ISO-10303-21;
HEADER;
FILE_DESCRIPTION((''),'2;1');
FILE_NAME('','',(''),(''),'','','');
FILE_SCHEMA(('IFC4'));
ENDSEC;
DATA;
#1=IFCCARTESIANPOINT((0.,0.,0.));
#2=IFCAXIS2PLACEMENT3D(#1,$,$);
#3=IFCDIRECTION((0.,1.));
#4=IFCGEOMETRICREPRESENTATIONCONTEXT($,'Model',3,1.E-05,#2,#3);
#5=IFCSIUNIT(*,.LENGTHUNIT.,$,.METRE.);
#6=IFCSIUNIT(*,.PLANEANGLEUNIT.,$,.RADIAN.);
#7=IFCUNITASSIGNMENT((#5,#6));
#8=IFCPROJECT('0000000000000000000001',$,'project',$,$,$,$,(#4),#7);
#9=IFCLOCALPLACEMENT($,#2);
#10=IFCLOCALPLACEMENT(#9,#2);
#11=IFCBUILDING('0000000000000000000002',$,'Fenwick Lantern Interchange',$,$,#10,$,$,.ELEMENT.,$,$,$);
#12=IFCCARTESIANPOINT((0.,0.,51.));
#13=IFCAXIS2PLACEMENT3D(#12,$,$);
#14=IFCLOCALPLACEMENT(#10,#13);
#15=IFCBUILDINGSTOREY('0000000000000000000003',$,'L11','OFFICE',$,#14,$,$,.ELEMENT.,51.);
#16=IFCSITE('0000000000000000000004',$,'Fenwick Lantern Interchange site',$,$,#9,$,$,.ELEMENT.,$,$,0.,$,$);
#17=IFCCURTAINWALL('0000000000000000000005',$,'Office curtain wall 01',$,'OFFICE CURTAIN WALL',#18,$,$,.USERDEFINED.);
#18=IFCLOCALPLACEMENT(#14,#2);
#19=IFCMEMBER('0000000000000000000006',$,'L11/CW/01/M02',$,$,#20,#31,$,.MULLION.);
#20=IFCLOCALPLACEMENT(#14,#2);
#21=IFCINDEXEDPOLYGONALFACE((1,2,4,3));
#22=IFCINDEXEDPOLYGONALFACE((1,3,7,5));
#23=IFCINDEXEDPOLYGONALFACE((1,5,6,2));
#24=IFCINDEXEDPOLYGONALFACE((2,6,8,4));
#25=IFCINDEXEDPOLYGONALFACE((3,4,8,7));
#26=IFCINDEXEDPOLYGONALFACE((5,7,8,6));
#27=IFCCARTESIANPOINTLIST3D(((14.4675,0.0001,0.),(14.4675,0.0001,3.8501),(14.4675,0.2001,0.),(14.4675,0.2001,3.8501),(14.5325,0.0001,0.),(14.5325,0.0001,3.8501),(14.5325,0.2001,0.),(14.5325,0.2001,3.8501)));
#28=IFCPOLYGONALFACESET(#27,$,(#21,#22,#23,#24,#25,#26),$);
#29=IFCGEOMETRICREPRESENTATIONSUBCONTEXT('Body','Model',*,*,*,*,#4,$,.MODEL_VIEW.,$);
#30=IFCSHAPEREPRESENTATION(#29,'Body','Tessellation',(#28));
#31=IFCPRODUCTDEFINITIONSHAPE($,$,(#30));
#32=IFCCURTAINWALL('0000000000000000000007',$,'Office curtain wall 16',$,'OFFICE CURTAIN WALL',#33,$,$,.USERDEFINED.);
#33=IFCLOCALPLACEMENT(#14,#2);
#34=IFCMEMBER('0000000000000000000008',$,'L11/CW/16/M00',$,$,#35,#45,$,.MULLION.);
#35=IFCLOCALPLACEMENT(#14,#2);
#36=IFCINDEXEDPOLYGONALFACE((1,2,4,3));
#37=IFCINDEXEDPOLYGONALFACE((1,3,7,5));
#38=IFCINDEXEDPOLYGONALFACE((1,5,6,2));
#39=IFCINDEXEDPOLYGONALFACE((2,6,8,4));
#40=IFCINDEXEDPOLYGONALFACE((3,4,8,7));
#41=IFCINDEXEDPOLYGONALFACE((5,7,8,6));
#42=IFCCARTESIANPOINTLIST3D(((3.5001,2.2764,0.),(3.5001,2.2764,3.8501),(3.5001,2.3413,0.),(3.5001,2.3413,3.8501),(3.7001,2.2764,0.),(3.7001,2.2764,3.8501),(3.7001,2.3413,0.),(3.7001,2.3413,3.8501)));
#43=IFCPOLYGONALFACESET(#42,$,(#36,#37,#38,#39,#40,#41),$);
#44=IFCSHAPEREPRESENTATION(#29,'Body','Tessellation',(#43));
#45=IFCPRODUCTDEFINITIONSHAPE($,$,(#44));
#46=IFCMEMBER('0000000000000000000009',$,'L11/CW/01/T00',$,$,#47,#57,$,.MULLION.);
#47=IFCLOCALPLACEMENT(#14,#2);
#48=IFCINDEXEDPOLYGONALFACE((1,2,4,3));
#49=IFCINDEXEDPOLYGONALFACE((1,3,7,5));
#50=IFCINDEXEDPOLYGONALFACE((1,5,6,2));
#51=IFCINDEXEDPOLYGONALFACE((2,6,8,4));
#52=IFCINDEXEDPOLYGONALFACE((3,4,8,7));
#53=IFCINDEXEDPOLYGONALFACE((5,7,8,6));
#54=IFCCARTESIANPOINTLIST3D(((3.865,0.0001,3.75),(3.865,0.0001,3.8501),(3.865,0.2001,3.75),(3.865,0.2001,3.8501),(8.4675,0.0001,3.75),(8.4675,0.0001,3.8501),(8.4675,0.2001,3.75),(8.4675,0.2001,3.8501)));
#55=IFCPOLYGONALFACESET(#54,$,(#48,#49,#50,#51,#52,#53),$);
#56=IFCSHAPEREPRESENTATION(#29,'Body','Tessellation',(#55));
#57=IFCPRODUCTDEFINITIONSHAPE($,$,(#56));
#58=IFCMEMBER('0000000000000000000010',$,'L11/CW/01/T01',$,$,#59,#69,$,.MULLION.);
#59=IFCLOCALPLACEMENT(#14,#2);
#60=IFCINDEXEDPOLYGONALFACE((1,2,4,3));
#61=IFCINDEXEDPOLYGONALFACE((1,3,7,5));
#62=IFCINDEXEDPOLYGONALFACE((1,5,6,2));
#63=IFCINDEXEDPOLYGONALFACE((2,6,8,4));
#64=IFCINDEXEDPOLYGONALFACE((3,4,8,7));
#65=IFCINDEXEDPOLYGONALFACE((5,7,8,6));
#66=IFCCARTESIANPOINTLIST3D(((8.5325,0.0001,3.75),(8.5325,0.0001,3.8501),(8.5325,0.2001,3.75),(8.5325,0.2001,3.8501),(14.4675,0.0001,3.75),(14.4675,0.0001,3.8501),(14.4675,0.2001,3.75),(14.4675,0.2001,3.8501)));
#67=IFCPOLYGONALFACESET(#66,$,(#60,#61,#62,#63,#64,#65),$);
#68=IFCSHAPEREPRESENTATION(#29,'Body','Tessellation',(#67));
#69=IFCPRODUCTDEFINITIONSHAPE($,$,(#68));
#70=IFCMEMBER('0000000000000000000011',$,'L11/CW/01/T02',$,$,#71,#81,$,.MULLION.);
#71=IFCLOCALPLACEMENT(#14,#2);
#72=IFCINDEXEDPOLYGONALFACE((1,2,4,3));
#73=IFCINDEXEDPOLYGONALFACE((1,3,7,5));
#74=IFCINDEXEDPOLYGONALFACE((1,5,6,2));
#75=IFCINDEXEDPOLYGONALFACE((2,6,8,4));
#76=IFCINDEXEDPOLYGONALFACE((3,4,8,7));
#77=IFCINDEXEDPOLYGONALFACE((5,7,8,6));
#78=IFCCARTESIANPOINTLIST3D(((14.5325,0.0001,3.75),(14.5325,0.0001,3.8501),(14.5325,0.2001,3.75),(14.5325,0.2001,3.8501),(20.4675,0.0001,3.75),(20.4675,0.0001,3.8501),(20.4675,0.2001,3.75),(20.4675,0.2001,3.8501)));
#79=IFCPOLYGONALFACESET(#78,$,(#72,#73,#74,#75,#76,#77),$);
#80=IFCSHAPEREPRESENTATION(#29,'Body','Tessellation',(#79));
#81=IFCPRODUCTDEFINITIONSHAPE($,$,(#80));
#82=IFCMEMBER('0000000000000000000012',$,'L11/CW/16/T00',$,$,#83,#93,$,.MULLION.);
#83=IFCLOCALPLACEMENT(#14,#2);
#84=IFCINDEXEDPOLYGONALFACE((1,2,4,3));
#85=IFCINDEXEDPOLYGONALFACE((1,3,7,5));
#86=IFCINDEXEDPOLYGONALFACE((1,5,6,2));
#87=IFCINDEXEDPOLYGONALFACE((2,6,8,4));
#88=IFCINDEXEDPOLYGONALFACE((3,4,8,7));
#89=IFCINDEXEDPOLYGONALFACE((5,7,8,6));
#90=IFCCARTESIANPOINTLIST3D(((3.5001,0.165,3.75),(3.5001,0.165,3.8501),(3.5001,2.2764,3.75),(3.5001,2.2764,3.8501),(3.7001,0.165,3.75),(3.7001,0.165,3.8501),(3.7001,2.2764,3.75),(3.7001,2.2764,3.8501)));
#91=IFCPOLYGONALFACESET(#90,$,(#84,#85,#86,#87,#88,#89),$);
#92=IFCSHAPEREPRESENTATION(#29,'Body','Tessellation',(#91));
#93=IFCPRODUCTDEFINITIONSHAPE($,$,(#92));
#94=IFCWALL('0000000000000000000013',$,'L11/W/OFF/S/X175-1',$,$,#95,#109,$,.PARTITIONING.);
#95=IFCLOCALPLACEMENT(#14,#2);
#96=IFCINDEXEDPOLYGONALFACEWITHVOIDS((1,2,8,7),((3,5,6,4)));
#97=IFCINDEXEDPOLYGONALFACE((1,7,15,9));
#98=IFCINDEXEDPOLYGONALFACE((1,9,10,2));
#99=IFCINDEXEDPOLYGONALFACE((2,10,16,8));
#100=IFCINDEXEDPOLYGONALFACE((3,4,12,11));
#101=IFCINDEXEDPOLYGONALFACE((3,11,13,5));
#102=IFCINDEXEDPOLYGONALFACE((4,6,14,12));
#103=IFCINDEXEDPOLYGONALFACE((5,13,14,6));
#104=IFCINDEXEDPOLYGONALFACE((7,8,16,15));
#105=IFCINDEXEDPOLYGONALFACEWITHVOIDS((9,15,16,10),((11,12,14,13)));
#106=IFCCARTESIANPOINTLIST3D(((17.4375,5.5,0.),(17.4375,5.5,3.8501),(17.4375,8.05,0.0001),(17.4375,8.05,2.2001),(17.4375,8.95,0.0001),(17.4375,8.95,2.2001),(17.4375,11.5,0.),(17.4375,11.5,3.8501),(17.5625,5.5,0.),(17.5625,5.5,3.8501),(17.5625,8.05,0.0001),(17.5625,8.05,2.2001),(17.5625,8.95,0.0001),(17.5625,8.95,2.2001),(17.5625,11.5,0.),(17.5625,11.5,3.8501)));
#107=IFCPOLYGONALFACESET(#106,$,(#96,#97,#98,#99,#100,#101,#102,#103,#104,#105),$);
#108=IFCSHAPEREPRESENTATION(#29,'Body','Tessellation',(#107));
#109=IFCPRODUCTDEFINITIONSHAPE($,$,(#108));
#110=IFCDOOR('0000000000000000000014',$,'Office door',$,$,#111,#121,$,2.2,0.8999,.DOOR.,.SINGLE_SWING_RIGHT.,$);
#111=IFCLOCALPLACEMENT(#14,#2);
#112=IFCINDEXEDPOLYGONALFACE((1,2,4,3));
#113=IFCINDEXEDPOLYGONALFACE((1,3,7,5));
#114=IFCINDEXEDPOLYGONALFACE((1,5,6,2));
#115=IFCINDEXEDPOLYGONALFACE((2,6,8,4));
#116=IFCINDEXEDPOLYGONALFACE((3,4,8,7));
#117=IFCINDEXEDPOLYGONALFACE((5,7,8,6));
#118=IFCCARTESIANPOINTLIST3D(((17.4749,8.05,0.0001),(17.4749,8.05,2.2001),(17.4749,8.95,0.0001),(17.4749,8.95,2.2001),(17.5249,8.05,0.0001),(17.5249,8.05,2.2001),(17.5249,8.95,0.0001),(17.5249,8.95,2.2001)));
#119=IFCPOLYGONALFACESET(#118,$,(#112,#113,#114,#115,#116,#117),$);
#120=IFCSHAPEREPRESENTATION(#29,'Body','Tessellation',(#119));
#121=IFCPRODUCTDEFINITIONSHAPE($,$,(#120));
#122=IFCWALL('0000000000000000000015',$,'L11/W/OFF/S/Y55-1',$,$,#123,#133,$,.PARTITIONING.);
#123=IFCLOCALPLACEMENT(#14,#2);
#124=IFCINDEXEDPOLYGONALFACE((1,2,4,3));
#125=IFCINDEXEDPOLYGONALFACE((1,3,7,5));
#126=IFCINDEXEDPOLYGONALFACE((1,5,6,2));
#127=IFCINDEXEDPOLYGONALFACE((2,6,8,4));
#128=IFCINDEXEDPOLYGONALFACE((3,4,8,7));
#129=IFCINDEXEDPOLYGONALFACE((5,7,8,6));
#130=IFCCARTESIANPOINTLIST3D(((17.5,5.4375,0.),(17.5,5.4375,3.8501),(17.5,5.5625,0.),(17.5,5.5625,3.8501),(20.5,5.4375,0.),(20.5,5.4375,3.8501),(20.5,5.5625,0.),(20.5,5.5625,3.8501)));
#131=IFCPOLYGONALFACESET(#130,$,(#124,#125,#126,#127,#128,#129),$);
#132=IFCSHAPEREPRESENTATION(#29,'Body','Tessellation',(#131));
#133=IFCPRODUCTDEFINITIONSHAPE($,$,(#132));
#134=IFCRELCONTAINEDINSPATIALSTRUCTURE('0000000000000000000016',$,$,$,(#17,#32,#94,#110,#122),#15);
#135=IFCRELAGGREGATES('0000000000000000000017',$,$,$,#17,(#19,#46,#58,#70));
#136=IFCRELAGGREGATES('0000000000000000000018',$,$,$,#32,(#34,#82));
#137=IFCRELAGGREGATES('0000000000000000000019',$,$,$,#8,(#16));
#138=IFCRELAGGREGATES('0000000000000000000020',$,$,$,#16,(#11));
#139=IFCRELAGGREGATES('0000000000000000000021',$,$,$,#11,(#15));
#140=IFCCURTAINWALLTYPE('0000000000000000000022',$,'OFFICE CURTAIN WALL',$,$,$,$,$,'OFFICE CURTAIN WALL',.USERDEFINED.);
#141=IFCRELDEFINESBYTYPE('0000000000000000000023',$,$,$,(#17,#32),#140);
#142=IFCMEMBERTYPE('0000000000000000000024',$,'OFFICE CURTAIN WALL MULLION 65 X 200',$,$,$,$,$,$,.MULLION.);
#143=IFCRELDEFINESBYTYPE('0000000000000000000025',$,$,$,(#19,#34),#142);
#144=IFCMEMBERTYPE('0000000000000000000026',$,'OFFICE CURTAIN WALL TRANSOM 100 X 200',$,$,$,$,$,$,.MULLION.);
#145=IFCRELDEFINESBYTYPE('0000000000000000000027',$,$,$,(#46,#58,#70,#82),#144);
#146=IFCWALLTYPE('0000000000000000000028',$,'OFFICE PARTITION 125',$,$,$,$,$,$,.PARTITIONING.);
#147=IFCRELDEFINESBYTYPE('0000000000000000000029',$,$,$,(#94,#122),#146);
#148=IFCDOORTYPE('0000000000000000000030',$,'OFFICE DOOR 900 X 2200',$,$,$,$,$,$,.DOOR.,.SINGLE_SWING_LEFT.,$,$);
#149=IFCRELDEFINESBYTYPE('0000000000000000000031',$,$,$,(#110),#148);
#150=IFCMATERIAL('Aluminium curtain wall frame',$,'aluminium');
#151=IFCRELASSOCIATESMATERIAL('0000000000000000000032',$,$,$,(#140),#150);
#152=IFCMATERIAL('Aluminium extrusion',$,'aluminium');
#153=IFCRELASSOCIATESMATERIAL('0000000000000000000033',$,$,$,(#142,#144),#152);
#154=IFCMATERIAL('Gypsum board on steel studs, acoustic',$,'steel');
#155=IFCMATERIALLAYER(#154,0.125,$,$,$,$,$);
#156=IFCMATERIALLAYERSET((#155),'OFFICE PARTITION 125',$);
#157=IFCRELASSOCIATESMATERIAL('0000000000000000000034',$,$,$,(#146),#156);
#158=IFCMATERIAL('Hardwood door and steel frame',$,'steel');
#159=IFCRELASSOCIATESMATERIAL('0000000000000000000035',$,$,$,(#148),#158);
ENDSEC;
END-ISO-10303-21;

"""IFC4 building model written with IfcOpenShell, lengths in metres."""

from ifc_helpers import new_model, si_unit, direction, frame, frame_2d, origin, origin_2d, place, context, subcontext, project, spatial, rectangle, extrude, material, layer, layer_set, material_profile, profile_set, type_object, element, fill, aggregate, save


model = new_model("IFC4")

# Units and contexts
model_context = context("Model", 3, precision=1e-05, world=origin(), true_north=direction((0.0, 1.0)))
body_context = subcontext(model_context, "Body", "Model", "MODEL_VIEW")
ifc_project = project(units=[si_unit("LENGTHUNIT", "METRE"), si_unit("PLANEANGLEUNIT", "RADIAN")], contexts=[model_context])

# Site, building, storey
site_placement = place(None, origin())
site = spatial("IfcSite", under=ifc_project, at=site_placement, Name="Fenwick Lantern Interchange site", CompositionType="ELEMENT", RefElevation=0.0)
building_placement = place(site_placement, origin())
building = spatial("IfcBuilding", under=site, at=building_placement, Name="Fenwick Lantern Interchange", CompositionType="ELEMENT")
storey_placement = place(building_placement, frame((0.0, 0.0, 51.0)))
storey = spatial("IfcBuildingStorey", under=building, at=storey_placement, Name="L11", Description="OFFICE", CompositionType="ELEMENT", Elevation=51.0)

# Curtain wall, member
ifc_material_1 = material(Name="Aluminium curtain wall frame", Category="aluminium")
curtain_wall_type = type_object("IfcCurtainWallType", Name="OFFICE CURTAIN WALL", ElementType="OFFICE CURTAIN WALL", PredefinedType="USERDEFINED", material=ifc_material_1)
curtain_wall_1_placement = place(storey_placement, origin())
curtain_wall_1 = element("IfcCurtainWall", 1, at=curtain_wall_1_placement, inside=storey, type_object=curtain_wall_type, Name="Office curtain wall 01", ObjectType="OFFICE CURTAIN WALL", PredefinedType="USERDEFINED")
ifc_material_2 = material(Name="Aluminium extrusion", Category="aluminium")
ifc_material_profile_1 = material_profile(ifc_material_2, rectangle(XDim=0.2, YDim=0.0649, at=origin_2d()), Name="OFFICE CURTAIN WALL MULLION 65 X 200")
ifc_profile_set_1 = profile_set([ifc_material_profile_1], Name="Aluminium extrusion")
member_type_1 = type_object("IfcMemberType", Name="OFFICE CURTAIN WALL MULLION 65 X 200", PredefinedType="MULLION", material=ifc_profile_set_1)
member_1_placement = place(storey_placement, frame((14.5, 0.1001, 0.0), z_axis=(0.0, 0.0, 1.0), x_axis=(0.0, 1.0, 0.0)))
member_1 = element("IfcMember", 2, at=member_1_placement, type_object=member_type_1, Name="L11/CW/01/M02", PredefinedType="MULLION", context=body_context, shape_type="SweptSolid", body=[
    extrude(rectangle(XDim=0.2, YDim=0.0649, at=origin_2d()), origin(), (0.0, 0.0, 1.0), 3.8501),
])

# Curtain wall, member
curtain_wall_2_placement = place(storey_placement, origin())
curtain_wall_2 = element("IfcCurtainWall", 3, at=curtain_wall_2_placement, inside=storey, type_object=curtain_wall_type, Name="Office curtain wall 16", ObjectType="OFFICE CURTAIN WALL", PredefinedType="USERDEFINED")
member_2_placement = place(storey_placement, frame((3.6001, 2.3088, 0.0), z_axis=(0.0, 0.0, 1.0), x_axis=(1.0, 0.0, 0.0)))
member_2 = element("IfcMember", 4, at=member_2_placement, type_object=member_type_1, Name="L11/CW/16/M00", PredefinedType="MULLION", context=body_context, shape_type="SweptSolid", body=[
    extrude(rectangle(XDim=0.2, YDim=0.0649, at=origin_2d()), origin(), (0.0, 0.0, 1.0), 3.8501),
])

# Members
ifc_material_profile_2 = material_profile(ifc_material_2, rectangle(XDim=0.2, YDim=0.1001, at=origin_2d()), Name="OFFICE CURTAIN WALL TRANSOM 100 X 200")
ifc_profile_set_2 = profile_set([ifc_material_profile_2], Name="Aluminium extrusion")
member_type_2 = type_object("IfcMemberType", Name="OFFICE CURTAIN WALL TRANSOM 100 X 200", PredefinedType="MULLION", material=ifc_profile_set_2)
member_3_placement = place(storey_placement, frame((3.865, 0.1001, 3.8), z_axis=(1.0, 0.0, 0.0), x_axis=(0.0, 1.0, 0.0)))
member_3 = element("IfcMember", 5, at=member_3_placement, type_object=member_type_2, Name="L11/CW/01/T00", PredefinedType="MULLION", context=body_context, shape_type="SweptSolid", body=[
    extrude(rectangle(XDim=0.2, YDim=0.1001, at=origin_2d()), origin(), (0.0, 0.0, 1.0), 4.6025),
])
member_4_placement = place(storey_placement, frame((8.5325, 0.1001, 3.8), z_axis=(1.0, 0.0, 0.0), x_axis=(0.0, 1.0, 0.0)))
member_4 = element("IfcMember", 6, at=member_4_placement, type_object=member_type_2, Name="L11/CW/01/T01", PredefinedType="MULLION", context=body_context, shape_type="SweptSolid", body=[
    extrude(rectangle(XDim=0.2, YDim=0.1001, at=origin_2d()), origin(), (0.0, 0.0, 1.0), 5.9351),
])
member_5_placement = place(storey_placement, frame((14.5325, 0.1001, 3.8), z_axis=(1.0, 0.0, 0.0), x_axis=(0.0, 1.0, 0.0)))
member_5 = element("IfcMember", 7, at=member_5_placement, type_object=member_type_2, Name="L11/CW/01/T02", PredefinedType="MULLION", context=body_context, shape_type="SweptSolid", body=[
    extrude(rectangle(XDim=0.2, YDim=0.1001, at=origin_2d()), origin(), (0.0, 0.0, 1.0), 5.9351),
])
aggregate(curtain_wall_1, [member_1, member_3, member_4, member_5])
member_6_placement = place(storey_placement, frame((3.6001, 2.2764, 3.8), z_axis=(0.0, -1.0, 0.0), x_axis=(1.0, 0.0, 0.0)))
member_6 = element("IfcMember", 8, at=member_6_placement, type_object=member_type_2, Name="L11/CW/16/T00", PredefinedType="MULLION", context=body_context, shape_type="SweptSolid", body=[
    extrude(rectangle(XDim=0.2, YDim=0.1001, at=origin_2d()), origin(), (0.0, 0.0, 1.0), 2.1113),
])
aggregate(curtain_wall_2, [member_2, member_6])

# Wall, opening, door
ifc_material_3 = material(Name="Gypsum board on steel studs, acoustic", Category="steel")
ifc_layer = layer(ifc_material_3, 0.125)
ifc_layer_set = layer_set([ifc_layer], Name="OFFICE PARTITION 125")
wall_type = type_object("IfcWallType", Name="OFFICE PARTITION 125", PredefinedType="PARTITIONING", material=ifc_layer_set)
wall_1_placement = place(storey_placement, frame((17.5, 5.5, 0.0), z_axis=(0.0, 0.0, 1.0), x_axis=(0.0, 1.0, 0.0)))
wall_1 = element("IfcWall", 9, at=wall_1_placement, inside=storey, type_object=wall_type, Name="L11/W/OFF/S/X175-1", PredefinedType="PARTITIONING", context=body_context, shape_type="SweptSolid", body=[
    extrude(rectangle(XDim=6.0, YDim=0.125, at=frame_2d((3.0, 0.0))), origin(), (0.0, 0.0, 1.0), 3.8501),
])
opening_placement = place(wall_1_placement, frame((2.55, 0.0, 0.0)))
opening = element("IfcOpeningElement", 10, at=opening_placement, cuts=wall_1, PredefinedType="OPENING", context=body_context, shape_type="SweptSolid", body=[
    extrude(rectangle(XDim=0.8999, YDim=2.2, at=frame_2d((0.45, 1.1001))), frame((0.0, 0.0725, 0.0), z_axis=(0.0, -1.0, 0.0), x_axis=(1.0, 0.0, 0.0)), (0.0, 0.0, 1.0), 0.145),
])
ifc_material_4 = material(Name="Hardwood door and steel frame", Category="steel")
door_type = type_object("IfcDoorType", Name="OFFICE DOOR 900 X 2200", OperationType="SINGLE_SWING_LEFT", PredefinedType="DOOR", material=ifc_material_4)
door_placement = place(opening_placement, frame((0.8999, 0.0, 0.0), z_axis=(0.0, 0.0, 1.0), x_axis=(-1.0, 0.0, 0.0)))
door = element("IfcDoor", 11, at=door_placement, inside=storey, type_object=door_type, Name="Office door", OperationType="SINGLE_SWING_RIGHT", OverallHeight=2.2, OverallWidth=0.8999, PredefinedType="DOOR", context=body_context, shape_type="SweptSolid", body=[
    extrude(rectangle(XDim=0.8999, YDim=2.2, at=frame_2d((0.45, 1.1001))), frame((0.0, 0.0249, 0.0), z_axis=(0.0, -1.0, 0.0), x_axis=(1.0, 0.0, 0.0)), (0.0, 0.0, 1.0), 0.05),
])
fill(opening, door)

# Wall
wall_2_placement = place(storey_placement, frame((17.5, 5.5, 0.0), z_axis=(0.0, 0.0, 1.0), x_axis=(1.0, 0.0, 0.0)))
element("IfcWall", 12, at=wall_2_placement, inside=storey, type_object=wall_type, Name="L11/W/OFF/S/Y55-1", PredefinedType="PARTITIONING", context=body_context, shape_type="SweptSolid", body=[
    extrude(rectangle(XDim=3.0, YDim=0.125, at=frame_2d((1.5, 0.0))), origin(), (0.0, 0.0, 1.0), 3.8501),
])

save(model, "model.ifc")
